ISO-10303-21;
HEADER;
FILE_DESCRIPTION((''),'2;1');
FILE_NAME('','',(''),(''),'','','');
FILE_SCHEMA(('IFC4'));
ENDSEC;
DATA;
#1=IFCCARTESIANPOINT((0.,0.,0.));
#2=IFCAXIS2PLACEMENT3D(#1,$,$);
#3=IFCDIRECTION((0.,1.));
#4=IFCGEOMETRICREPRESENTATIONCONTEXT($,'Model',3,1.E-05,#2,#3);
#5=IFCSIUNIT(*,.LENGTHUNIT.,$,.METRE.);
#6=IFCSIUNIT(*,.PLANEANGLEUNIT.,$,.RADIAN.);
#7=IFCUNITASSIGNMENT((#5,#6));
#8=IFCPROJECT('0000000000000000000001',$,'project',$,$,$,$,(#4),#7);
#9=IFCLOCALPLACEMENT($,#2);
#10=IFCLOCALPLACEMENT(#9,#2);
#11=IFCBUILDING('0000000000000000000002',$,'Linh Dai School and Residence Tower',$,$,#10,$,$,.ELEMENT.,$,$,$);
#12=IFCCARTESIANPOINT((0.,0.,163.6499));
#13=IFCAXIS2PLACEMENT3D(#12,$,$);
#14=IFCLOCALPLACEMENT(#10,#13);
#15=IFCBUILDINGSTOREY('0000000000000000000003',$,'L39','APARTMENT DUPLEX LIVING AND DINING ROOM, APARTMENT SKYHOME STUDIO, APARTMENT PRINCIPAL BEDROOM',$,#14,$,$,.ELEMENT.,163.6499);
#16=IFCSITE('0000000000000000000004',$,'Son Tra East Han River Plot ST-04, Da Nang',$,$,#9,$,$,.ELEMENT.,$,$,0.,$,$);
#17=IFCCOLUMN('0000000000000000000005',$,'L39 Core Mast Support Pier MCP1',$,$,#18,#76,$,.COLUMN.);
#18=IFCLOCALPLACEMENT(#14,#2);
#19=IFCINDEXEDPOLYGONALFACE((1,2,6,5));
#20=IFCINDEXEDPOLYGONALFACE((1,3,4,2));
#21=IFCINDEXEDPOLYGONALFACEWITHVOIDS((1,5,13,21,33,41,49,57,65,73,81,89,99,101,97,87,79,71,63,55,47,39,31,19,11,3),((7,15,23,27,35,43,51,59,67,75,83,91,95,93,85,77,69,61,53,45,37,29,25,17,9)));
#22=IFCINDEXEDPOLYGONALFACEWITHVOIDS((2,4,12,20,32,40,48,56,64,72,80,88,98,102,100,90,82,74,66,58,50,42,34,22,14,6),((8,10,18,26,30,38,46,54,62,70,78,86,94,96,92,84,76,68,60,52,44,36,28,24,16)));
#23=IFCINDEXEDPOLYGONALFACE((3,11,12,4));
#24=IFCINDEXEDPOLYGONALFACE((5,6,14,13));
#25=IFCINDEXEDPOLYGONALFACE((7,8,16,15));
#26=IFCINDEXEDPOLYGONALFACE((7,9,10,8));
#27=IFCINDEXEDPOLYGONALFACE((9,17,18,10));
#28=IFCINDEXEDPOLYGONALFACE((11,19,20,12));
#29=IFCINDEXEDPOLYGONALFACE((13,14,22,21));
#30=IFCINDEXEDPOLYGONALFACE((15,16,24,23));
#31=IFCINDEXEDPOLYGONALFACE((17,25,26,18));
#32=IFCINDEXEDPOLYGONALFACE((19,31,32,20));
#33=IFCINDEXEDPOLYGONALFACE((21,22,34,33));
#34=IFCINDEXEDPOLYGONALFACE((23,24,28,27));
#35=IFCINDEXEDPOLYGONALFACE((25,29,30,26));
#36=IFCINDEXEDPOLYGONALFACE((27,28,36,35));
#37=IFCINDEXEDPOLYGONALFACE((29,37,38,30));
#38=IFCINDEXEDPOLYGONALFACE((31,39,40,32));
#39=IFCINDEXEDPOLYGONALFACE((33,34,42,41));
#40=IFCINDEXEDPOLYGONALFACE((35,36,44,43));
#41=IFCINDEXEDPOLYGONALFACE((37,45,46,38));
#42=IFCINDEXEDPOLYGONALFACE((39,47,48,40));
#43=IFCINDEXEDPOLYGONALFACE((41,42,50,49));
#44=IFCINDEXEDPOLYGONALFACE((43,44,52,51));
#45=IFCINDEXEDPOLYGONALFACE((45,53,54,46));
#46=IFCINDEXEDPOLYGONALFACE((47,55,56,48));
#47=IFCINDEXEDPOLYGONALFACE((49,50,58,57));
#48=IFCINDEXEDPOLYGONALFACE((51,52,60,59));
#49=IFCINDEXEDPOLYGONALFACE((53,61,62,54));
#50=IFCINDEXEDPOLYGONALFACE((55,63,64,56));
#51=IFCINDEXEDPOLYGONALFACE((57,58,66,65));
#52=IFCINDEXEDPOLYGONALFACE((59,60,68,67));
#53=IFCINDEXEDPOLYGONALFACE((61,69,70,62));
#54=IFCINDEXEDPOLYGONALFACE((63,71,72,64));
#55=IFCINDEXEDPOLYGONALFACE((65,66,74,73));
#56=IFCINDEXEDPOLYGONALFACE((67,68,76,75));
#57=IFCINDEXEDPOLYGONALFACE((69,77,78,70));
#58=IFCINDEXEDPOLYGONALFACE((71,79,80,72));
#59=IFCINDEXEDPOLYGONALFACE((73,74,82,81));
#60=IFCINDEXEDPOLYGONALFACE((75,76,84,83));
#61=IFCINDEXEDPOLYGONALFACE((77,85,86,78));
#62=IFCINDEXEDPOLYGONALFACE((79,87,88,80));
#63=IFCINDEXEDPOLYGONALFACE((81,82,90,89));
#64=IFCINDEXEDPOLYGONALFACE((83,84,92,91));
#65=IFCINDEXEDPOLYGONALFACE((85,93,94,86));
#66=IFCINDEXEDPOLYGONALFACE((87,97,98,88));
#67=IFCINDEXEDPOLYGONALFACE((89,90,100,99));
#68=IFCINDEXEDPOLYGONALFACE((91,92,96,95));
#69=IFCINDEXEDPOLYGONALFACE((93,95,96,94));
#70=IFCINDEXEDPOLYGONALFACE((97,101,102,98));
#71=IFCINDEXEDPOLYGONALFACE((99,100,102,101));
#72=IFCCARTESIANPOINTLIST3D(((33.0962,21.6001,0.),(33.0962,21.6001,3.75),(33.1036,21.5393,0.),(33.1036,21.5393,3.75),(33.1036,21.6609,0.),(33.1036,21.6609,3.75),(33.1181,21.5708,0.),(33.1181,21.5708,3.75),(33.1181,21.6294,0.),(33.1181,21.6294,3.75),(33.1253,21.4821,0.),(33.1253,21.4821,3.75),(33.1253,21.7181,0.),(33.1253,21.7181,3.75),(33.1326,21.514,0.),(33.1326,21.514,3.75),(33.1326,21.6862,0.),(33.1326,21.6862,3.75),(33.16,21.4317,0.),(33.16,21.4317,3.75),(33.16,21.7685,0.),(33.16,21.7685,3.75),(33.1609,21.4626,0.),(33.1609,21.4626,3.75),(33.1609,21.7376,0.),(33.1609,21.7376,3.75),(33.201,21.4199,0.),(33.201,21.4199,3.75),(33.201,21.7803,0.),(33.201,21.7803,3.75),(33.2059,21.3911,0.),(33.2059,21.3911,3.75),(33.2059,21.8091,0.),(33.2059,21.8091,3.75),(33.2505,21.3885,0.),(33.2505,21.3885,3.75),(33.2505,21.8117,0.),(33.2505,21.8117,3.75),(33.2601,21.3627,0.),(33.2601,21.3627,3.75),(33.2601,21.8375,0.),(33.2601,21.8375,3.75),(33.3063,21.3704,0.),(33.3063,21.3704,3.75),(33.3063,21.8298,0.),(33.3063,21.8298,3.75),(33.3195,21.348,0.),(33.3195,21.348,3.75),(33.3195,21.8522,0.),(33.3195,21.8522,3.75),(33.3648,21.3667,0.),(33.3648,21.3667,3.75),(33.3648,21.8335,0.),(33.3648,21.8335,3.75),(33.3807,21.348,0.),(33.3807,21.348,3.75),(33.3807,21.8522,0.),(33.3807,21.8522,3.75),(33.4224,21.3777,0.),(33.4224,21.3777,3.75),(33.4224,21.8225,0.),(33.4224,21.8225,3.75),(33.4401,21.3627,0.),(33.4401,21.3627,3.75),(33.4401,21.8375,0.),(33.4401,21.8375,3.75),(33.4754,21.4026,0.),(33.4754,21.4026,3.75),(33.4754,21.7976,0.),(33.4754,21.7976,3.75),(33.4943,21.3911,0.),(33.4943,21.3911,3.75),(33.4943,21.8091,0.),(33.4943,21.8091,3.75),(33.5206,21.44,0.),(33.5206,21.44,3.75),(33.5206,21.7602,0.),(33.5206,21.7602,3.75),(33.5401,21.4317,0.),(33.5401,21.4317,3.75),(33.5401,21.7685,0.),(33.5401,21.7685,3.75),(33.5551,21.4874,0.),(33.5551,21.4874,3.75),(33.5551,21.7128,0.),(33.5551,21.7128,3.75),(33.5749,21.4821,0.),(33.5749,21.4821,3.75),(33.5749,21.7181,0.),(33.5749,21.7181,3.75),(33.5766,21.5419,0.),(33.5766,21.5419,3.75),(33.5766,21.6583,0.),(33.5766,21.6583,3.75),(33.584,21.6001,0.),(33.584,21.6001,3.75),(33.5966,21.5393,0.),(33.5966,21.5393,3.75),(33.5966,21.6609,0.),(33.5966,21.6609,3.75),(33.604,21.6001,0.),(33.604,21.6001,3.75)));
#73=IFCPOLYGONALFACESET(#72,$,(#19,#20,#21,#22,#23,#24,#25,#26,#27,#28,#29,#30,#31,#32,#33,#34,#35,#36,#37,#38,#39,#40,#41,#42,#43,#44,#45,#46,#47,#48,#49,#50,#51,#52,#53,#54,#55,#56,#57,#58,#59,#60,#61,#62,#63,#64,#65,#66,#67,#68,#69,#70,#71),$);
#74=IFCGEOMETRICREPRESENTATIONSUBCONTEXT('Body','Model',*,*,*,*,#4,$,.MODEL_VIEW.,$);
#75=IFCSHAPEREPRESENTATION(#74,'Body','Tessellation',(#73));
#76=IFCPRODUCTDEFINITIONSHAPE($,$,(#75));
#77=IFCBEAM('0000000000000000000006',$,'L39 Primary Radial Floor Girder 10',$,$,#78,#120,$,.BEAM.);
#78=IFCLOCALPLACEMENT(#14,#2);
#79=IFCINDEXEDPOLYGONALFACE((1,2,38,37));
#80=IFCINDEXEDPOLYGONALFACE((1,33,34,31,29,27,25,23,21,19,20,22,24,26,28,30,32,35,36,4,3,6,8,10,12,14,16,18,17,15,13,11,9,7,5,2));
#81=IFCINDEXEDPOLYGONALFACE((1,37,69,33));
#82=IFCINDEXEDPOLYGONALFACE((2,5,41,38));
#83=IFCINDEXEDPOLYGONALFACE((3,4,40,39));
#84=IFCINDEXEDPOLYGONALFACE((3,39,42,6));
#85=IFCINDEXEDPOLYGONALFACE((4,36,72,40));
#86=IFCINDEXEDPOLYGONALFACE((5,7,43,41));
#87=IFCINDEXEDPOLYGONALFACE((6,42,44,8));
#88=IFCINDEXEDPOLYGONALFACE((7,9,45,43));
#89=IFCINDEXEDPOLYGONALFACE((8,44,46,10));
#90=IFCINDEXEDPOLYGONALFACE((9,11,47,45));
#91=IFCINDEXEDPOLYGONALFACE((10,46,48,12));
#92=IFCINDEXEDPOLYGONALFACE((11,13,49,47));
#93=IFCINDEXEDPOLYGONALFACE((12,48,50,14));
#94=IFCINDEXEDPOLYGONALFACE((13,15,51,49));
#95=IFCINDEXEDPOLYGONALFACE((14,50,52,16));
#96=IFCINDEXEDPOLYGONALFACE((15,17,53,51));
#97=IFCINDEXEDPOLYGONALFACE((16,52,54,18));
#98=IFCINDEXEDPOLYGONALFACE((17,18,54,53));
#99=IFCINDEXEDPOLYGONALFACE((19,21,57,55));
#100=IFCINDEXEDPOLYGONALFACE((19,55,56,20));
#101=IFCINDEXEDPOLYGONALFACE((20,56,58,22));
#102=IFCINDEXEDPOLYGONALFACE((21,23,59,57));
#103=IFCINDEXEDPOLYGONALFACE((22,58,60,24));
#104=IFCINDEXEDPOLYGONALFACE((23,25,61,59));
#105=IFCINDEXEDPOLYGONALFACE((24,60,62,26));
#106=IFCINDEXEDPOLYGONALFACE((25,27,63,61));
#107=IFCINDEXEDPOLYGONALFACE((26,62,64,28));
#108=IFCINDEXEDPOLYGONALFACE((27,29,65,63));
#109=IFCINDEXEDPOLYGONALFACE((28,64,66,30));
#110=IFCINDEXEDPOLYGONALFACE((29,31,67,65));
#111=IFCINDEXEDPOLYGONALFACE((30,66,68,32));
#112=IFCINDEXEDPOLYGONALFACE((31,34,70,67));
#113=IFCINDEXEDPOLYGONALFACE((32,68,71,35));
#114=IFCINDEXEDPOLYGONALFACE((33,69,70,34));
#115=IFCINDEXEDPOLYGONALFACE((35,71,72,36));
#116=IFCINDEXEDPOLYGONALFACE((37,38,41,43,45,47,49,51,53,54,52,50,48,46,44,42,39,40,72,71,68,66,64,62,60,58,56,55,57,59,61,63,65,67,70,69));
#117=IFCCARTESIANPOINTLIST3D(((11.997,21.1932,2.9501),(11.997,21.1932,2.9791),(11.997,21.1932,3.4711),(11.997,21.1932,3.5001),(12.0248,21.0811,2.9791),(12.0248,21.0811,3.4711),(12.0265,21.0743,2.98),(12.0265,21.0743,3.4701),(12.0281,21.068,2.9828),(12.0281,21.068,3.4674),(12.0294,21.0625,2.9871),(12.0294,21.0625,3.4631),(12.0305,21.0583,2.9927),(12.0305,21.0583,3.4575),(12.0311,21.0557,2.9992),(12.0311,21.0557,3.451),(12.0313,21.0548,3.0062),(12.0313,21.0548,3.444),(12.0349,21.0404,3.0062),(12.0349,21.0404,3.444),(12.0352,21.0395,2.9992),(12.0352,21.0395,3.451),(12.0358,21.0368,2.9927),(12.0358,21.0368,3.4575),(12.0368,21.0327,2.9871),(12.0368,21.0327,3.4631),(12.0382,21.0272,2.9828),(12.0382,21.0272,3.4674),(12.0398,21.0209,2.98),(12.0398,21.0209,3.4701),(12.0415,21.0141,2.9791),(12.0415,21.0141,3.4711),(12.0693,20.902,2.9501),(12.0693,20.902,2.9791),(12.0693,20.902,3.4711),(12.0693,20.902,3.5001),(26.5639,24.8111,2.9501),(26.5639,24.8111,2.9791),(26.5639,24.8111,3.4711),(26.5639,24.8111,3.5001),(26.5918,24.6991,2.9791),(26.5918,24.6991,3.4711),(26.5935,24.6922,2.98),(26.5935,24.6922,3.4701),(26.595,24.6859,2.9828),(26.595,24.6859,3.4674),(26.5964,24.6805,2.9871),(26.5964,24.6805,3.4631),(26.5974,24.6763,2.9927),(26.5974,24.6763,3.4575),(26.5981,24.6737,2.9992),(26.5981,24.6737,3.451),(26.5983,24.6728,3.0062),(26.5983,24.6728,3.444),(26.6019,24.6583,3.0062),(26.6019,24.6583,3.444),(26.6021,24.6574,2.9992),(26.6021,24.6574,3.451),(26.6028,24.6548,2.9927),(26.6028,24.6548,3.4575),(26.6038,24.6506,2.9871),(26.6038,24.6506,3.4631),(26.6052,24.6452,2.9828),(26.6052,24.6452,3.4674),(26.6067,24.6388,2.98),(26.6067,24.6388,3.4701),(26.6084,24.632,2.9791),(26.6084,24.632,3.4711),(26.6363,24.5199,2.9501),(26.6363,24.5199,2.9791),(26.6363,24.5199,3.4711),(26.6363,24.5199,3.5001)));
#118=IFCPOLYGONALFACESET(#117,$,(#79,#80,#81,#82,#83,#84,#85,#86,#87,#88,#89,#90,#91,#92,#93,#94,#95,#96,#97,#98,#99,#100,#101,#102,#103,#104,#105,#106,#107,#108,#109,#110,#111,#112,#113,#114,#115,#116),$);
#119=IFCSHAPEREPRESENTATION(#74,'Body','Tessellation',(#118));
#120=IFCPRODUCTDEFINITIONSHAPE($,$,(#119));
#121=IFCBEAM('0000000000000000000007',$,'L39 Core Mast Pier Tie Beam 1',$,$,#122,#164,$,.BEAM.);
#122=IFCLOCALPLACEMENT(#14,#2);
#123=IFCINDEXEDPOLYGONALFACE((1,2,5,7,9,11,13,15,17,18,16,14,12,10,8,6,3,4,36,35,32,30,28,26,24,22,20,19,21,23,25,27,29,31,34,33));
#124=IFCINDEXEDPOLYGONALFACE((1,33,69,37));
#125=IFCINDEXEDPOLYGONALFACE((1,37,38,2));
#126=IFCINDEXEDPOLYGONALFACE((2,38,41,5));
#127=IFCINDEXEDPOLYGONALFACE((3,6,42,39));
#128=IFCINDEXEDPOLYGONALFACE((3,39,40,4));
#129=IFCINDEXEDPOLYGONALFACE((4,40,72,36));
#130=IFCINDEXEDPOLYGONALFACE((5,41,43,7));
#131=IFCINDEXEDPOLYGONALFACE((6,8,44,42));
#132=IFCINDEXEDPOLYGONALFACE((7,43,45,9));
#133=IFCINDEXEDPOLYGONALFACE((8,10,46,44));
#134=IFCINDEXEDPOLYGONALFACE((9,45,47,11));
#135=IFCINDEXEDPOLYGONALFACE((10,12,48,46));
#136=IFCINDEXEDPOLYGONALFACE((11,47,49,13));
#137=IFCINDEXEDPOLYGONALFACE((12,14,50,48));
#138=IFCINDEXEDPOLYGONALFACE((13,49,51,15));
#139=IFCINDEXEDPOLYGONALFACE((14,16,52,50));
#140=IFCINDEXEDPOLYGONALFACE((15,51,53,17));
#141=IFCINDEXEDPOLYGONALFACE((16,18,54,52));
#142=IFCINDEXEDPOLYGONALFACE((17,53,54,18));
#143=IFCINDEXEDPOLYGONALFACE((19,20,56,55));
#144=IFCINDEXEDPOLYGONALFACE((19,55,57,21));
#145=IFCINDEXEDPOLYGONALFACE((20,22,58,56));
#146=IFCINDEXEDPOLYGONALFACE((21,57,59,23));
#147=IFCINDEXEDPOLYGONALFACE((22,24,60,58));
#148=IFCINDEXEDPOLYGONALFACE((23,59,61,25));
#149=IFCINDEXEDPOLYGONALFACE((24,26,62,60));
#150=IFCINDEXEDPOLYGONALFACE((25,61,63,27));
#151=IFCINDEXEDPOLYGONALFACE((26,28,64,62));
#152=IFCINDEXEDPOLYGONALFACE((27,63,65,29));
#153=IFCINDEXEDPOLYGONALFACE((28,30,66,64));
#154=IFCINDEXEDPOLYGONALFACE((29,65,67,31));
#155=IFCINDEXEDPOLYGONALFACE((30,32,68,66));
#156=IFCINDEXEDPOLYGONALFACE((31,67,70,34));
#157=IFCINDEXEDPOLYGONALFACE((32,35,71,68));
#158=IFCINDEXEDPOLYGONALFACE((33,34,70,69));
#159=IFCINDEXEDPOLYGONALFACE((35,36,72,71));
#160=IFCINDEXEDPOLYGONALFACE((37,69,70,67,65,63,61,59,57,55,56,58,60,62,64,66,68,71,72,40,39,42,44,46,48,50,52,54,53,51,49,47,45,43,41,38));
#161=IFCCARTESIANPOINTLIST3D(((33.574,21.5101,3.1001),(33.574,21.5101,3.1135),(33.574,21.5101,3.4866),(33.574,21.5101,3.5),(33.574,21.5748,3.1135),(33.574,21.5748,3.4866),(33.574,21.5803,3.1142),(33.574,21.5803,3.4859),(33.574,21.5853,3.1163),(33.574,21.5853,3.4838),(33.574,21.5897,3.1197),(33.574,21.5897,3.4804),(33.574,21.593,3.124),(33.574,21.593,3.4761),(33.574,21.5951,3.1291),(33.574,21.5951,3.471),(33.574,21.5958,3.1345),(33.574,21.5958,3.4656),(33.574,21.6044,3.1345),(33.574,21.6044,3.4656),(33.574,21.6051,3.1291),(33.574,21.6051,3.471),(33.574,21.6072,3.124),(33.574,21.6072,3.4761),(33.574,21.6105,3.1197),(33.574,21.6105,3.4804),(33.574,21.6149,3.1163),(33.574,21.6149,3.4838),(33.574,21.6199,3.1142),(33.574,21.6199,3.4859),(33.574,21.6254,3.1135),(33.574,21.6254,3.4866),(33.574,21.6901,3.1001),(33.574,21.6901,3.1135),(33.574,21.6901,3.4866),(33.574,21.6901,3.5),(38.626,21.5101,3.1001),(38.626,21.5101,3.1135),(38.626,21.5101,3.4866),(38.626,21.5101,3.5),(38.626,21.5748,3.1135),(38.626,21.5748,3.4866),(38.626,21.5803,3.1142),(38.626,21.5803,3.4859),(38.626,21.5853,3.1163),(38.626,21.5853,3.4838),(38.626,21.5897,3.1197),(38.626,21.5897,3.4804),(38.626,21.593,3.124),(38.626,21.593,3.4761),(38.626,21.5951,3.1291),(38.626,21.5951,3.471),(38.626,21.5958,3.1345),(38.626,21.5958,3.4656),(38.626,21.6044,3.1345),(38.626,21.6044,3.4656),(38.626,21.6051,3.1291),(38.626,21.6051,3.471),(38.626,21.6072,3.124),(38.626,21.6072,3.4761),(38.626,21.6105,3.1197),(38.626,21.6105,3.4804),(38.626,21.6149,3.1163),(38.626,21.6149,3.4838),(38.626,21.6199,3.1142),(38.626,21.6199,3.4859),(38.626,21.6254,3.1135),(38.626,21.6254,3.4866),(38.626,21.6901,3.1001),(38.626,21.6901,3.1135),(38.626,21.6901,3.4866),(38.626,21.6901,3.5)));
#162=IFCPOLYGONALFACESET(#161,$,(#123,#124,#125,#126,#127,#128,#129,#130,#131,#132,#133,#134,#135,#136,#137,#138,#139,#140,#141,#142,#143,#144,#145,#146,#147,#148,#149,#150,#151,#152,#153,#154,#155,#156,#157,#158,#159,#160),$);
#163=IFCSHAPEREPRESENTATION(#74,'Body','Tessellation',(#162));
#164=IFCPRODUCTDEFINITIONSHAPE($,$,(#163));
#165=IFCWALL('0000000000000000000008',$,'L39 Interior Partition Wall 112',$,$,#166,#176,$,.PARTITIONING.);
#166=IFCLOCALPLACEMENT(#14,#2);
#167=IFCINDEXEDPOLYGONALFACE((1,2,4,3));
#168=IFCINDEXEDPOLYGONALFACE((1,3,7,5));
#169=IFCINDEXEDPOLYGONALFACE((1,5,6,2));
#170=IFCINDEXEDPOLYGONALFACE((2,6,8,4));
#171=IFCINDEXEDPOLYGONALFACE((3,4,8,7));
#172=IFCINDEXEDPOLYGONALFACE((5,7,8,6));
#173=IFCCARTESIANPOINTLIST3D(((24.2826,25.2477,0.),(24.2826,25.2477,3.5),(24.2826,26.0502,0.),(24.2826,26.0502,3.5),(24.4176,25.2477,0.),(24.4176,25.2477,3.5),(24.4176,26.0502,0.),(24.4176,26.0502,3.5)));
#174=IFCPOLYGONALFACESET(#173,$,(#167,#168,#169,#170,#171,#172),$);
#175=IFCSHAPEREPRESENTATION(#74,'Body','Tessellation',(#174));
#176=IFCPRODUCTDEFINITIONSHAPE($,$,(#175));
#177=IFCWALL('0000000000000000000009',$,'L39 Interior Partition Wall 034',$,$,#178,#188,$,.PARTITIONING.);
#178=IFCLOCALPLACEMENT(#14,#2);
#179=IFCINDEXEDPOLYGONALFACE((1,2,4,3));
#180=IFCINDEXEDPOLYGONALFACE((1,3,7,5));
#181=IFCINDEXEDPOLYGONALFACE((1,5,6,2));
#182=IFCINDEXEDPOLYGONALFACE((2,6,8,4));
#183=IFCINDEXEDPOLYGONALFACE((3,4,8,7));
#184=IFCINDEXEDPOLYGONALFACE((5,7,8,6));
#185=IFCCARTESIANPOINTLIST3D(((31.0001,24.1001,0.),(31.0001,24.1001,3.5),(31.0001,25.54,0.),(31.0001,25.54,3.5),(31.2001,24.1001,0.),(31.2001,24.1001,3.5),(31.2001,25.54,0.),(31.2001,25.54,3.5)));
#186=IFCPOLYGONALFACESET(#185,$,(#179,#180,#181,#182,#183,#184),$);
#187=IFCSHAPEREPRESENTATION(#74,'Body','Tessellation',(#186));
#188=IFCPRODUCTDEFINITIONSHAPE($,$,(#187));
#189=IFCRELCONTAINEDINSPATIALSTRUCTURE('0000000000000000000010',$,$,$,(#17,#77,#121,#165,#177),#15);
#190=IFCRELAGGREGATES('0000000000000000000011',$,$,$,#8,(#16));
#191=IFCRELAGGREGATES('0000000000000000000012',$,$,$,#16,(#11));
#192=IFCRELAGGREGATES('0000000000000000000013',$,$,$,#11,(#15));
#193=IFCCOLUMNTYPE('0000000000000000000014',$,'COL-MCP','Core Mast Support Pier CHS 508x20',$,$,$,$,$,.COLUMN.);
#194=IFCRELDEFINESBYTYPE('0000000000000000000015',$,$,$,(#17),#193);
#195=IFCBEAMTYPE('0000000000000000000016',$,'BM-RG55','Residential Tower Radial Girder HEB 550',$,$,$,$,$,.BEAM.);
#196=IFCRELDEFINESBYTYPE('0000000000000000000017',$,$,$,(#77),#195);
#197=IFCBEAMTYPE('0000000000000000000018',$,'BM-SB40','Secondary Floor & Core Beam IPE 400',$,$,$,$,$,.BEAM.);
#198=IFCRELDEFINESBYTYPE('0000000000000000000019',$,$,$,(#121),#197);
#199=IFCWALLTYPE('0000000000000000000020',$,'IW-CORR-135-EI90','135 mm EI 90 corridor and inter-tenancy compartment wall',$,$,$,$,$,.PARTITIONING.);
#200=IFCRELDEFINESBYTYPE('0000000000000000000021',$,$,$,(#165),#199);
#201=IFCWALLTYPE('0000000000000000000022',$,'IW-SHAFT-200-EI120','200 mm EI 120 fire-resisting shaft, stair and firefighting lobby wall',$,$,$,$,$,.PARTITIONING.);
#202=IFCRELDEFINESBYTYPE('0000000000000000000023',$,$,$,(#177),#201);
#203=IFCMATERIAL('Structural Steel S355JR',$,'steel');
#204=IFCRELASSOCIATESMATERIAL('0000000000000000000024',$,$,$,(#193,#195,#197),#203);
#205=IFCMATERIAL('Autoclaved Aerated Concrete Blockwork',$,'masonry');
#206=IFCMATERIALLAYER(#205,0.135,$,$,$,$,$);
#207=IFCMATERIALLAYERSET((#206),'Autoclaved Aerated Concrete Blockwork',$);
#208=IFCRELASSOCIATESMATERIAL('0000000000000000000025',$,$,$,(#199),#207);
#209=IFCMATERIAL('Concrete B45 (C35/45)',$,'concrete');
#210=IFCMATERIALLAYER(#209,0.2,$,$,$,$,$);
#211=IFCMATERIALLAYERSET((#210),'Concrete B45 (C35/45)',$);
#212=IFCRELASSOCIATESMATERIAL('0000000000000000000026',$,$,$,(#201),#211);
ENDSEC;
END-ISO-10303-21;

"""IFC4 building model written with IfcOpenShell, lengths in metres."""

from ifc_helpers import new_model, si_unit, direction, frame, frame_2d, origin, origin_2d, place, context, subcontext, project, spatial, rectangle, hollow_circle, i_section, extrude, material, layer, layer_set, material_profile, profile_set, type_object, element, save


model = new_model("IFC4")

# Units and contexts
model_context = context("Model", 3, precision=1e-05, world=origin(), true_north=direction((0.0, 1.0)))
body_context = subcontext(model_context, "Body", "Model", "MODEL_VIEW")
ifc_project = project(units=[si_unit("LENGTHUNIT", "METRE"), si_unit("PLANEANGLEUNIT", "RADIAN")], contexts=[model_context])

# Site, building, storey
site_placement = place(None, origin())
site = spatial("IfcSite", under=ifc_project, at=site_placement, Name="Son Tra East Han River Plot ST-04, Da Nang", CompositionType="ELEMENT", RefElevation=0.0)
building_placement = place(site_placement, origin())
building = spatial("IfcBuilding", under=site, at=building_placement, Name="Linh Dai School and Residence Tower", CompositionType="ELEMENT")
storey_placement = place(building_placement, frame((0.0, 0.0, 163.6499)))
storey = spatial("IfcBuildingStorey", under=building, at=storey_placement, Name="L39", Description="APARTMENT DUPLEX LIVING AND DINING ROOM, APARTMENT SKYHOME STUDIO, APARTMENT PRINCIPAL BEDROOM", CompositionType="ELEMENT", Elevation=163.6499)

# Column
ifc_material_1 = material(Name="Structural Steel S355JR", Category="steel")
ifc_material_profile_1 = material_profile(ifc_material_1, hollow_circle(Radius=0.2539, WallThickness=0.02, at=origin_2d()), Name="CHS 508x20")
ifc_profile_set_1 = profile_set([ifc_material_profile_1], Name="Structural Steel S355JR")
column_type_1 = type_object("IfcColumnType", Name="COL-MCP", Description="Core Mast Support Pier CHS 508x20", PredefinedType="COLUMN", material=ifc_profile_set_1)
column_placement = place(storey_placement, frame((33.3501, 21.6001, 0.0), z_axis=(0.0, 0.0, 1.0), x_axis=(1.0, 0.0, 0.0)))
element("IfcColumn", 1, at=column_placement, inside=storey, type_object=column_type_1, Name="L39 Core Mast Support Pier MCP1", PredefinedType="COLUMN", context=body_context, shape_type="SweptSolid", body=[
    extrude(hollow_circle(Radius=0.2539, WallThickness=0.02, at=origin_2d()), origin(), (0.0, 0.0, 1.0), 3.75),
])

# Beams
ifc_material_profile_2 = material_profile(ifc_material_1, i_section(OverallWidth=0.3, OverallDepth=0.55, WebThickness=0.0149, FlangeThickness=0.0291, FilletRadius=0.0271, at=origin_2d()), Name="HEB 550")
ifc_profile_set_2 = profile_set([ifc_material_profile_2], Name="Structural Steel S355JR")
beam_type_1 = type_object("IfcBeamType", Name="BM-RG55", Description="Residential Tower Radial Girder HEB 550", PredefinedType="BEAM", material=ifc_profile_set_2)
beam_1_placement = place(storey_placement, frame((26.6001, 24.6655, 3.2251), z_axis=(-0.970515, -0.241043, 0.0), x_axis=(0.241043, -0.970515, 0.0)))
element("IfcBeam", 2, at=beam_1_placement, inside=storey, type_object=beam_type_1, Name="L39 Primary Radial Floor Girder 10", PredefinedType="BEAM", context=body_context, shape_type="SweptSolid", body=[
    extrude(i_section(OverallWidth=0.3, OverallDepth=0.55, WebThickness=0.0149, FlangeThickness=0.0291, FilletRadius=0.0271, at=origin_2d()), origin(), (0.0, 0.0, 1.0), 15.0095),
])
ifc_material_profile_3 = material_profile(ifc_material_1, i_section(OverallWidth=0.1799, OverallDepth=0.3999, WebThickness=0.0085, FlangeThickness=0.0134, FilletRadius=0.021, at=origin_2d()), Name="IPE 400")
ifc_profile_set_3 = profile_set([ifc_material_profile_3], Name="Structural Steel S355JR")
beam_type_2 = type_object("IfcBeamType", Name="BM-SB40", Description="Secondary Floor & Core Beam IPE 400", PredefinedType="BEAM", material=ifc_profile_set_3)
beam_2_placement = place(storey_placement, frame((33.574, 21.6001, 3.3), z_axis=(1.0, 0.0, 0.0), x_axis=(0.0, 1.0, 0.0)))
element("IfcBeam", 3, at=beam_2_placement, inside=storey, type_object=beam_type_2, Name="L39 Core Mast Pier Tie Beam 1", PredefinedType="BEAM", context=body_context, shape_type="SweptSolid", body=[
    extrude(i_section(OverallWidth=0.1799, OverallDepth=0.3999, WebThickness=0.0085, FlangeThickness=0.0134, FilletRadius=0.021, at=origin_2d()), origin(), (0.0, 0.0, 1.0), 5.052),
])

# Shared definitions
ifc_material_2 = material(Name="Autoclaved Aerated Concrete Blockwork", Category="masonry")
ifc_layer_1 = layer(ifc_material_2, 0.135)
ifc_layer_set_1 = layer_set([ifc_layer_1], Name="Autoclaved Aerated Concrete Blockwork")
wall_type_1 = type_object("IfcWallType", Name="IW-CORR-135-EI90", Description="135 mm EI 90 corridor and inter-tenancy compartment wall", PredefinedType="PARTITIONING", material=ifc_layer_set_1)

# Wall
wall_1_placement = place(storey_placement, frame((24.3501, 25.2476, 0.0), z_axis=(0.0, 0.0, 1.0), x_axis=(0.0, 1.0, 0.0)))
element("IfcWall", 4, at=wall_1_placement, inside=storey, type_object=wall_type_1, Name="L39 Interior Partition Wall 112", PredefinedType="PARTITIONING", context=body_context, shape_type="SweptSolid", body=[
    extrude(rectangle(XDim=0.8025, YDim=0.135, at=frame_2d((0.4014, 0.0))), origin(), (0.0, 0.0, 1.0), 3.5),
])

# Shared definitions
ifc_material_3 = material(Name="Concrete B45 (C35/45)", Category="concrete")
ifc_layer_2 = layer(ifc_material_3, 0.2)
ifc_layer_set_2 = layer_set([ifc_layer_2], Name="Concrete B45 (C35/45)")
wall_type_2 = type_object("IfcWallType", Name="IW-SHAFT-200-EI120", Description="200 mm EI 120 fire-resisting shaft, stair and firefighting lobby wall", PredefinedType="PARTITIONING", material=ifc_layer_set_2)

# Wall
wall_2_placement = place(storey_placement, frame((31.1001, 24.1001, 0.0), z_axis=(0.0, 0.0, 1.0), x_axis=(0.0, 1.0, 0.0)))
element("IfcWall", 5, at=wall_2_placement, inside=storey, type_object=wall_type_2, Name="L39 Interior Partition Wall 034", PredefinedType="PARTITIONING", context=body_context, shape_type="SweptSolid", body=[
    extrude(rectangle(XDim=1.4399, YDim=0.2, at=frame_2d((0.72, 0.0))), origin(), (0.0, 0.0, 1.0), 3.5),
])

save(model, "model.ifc")
